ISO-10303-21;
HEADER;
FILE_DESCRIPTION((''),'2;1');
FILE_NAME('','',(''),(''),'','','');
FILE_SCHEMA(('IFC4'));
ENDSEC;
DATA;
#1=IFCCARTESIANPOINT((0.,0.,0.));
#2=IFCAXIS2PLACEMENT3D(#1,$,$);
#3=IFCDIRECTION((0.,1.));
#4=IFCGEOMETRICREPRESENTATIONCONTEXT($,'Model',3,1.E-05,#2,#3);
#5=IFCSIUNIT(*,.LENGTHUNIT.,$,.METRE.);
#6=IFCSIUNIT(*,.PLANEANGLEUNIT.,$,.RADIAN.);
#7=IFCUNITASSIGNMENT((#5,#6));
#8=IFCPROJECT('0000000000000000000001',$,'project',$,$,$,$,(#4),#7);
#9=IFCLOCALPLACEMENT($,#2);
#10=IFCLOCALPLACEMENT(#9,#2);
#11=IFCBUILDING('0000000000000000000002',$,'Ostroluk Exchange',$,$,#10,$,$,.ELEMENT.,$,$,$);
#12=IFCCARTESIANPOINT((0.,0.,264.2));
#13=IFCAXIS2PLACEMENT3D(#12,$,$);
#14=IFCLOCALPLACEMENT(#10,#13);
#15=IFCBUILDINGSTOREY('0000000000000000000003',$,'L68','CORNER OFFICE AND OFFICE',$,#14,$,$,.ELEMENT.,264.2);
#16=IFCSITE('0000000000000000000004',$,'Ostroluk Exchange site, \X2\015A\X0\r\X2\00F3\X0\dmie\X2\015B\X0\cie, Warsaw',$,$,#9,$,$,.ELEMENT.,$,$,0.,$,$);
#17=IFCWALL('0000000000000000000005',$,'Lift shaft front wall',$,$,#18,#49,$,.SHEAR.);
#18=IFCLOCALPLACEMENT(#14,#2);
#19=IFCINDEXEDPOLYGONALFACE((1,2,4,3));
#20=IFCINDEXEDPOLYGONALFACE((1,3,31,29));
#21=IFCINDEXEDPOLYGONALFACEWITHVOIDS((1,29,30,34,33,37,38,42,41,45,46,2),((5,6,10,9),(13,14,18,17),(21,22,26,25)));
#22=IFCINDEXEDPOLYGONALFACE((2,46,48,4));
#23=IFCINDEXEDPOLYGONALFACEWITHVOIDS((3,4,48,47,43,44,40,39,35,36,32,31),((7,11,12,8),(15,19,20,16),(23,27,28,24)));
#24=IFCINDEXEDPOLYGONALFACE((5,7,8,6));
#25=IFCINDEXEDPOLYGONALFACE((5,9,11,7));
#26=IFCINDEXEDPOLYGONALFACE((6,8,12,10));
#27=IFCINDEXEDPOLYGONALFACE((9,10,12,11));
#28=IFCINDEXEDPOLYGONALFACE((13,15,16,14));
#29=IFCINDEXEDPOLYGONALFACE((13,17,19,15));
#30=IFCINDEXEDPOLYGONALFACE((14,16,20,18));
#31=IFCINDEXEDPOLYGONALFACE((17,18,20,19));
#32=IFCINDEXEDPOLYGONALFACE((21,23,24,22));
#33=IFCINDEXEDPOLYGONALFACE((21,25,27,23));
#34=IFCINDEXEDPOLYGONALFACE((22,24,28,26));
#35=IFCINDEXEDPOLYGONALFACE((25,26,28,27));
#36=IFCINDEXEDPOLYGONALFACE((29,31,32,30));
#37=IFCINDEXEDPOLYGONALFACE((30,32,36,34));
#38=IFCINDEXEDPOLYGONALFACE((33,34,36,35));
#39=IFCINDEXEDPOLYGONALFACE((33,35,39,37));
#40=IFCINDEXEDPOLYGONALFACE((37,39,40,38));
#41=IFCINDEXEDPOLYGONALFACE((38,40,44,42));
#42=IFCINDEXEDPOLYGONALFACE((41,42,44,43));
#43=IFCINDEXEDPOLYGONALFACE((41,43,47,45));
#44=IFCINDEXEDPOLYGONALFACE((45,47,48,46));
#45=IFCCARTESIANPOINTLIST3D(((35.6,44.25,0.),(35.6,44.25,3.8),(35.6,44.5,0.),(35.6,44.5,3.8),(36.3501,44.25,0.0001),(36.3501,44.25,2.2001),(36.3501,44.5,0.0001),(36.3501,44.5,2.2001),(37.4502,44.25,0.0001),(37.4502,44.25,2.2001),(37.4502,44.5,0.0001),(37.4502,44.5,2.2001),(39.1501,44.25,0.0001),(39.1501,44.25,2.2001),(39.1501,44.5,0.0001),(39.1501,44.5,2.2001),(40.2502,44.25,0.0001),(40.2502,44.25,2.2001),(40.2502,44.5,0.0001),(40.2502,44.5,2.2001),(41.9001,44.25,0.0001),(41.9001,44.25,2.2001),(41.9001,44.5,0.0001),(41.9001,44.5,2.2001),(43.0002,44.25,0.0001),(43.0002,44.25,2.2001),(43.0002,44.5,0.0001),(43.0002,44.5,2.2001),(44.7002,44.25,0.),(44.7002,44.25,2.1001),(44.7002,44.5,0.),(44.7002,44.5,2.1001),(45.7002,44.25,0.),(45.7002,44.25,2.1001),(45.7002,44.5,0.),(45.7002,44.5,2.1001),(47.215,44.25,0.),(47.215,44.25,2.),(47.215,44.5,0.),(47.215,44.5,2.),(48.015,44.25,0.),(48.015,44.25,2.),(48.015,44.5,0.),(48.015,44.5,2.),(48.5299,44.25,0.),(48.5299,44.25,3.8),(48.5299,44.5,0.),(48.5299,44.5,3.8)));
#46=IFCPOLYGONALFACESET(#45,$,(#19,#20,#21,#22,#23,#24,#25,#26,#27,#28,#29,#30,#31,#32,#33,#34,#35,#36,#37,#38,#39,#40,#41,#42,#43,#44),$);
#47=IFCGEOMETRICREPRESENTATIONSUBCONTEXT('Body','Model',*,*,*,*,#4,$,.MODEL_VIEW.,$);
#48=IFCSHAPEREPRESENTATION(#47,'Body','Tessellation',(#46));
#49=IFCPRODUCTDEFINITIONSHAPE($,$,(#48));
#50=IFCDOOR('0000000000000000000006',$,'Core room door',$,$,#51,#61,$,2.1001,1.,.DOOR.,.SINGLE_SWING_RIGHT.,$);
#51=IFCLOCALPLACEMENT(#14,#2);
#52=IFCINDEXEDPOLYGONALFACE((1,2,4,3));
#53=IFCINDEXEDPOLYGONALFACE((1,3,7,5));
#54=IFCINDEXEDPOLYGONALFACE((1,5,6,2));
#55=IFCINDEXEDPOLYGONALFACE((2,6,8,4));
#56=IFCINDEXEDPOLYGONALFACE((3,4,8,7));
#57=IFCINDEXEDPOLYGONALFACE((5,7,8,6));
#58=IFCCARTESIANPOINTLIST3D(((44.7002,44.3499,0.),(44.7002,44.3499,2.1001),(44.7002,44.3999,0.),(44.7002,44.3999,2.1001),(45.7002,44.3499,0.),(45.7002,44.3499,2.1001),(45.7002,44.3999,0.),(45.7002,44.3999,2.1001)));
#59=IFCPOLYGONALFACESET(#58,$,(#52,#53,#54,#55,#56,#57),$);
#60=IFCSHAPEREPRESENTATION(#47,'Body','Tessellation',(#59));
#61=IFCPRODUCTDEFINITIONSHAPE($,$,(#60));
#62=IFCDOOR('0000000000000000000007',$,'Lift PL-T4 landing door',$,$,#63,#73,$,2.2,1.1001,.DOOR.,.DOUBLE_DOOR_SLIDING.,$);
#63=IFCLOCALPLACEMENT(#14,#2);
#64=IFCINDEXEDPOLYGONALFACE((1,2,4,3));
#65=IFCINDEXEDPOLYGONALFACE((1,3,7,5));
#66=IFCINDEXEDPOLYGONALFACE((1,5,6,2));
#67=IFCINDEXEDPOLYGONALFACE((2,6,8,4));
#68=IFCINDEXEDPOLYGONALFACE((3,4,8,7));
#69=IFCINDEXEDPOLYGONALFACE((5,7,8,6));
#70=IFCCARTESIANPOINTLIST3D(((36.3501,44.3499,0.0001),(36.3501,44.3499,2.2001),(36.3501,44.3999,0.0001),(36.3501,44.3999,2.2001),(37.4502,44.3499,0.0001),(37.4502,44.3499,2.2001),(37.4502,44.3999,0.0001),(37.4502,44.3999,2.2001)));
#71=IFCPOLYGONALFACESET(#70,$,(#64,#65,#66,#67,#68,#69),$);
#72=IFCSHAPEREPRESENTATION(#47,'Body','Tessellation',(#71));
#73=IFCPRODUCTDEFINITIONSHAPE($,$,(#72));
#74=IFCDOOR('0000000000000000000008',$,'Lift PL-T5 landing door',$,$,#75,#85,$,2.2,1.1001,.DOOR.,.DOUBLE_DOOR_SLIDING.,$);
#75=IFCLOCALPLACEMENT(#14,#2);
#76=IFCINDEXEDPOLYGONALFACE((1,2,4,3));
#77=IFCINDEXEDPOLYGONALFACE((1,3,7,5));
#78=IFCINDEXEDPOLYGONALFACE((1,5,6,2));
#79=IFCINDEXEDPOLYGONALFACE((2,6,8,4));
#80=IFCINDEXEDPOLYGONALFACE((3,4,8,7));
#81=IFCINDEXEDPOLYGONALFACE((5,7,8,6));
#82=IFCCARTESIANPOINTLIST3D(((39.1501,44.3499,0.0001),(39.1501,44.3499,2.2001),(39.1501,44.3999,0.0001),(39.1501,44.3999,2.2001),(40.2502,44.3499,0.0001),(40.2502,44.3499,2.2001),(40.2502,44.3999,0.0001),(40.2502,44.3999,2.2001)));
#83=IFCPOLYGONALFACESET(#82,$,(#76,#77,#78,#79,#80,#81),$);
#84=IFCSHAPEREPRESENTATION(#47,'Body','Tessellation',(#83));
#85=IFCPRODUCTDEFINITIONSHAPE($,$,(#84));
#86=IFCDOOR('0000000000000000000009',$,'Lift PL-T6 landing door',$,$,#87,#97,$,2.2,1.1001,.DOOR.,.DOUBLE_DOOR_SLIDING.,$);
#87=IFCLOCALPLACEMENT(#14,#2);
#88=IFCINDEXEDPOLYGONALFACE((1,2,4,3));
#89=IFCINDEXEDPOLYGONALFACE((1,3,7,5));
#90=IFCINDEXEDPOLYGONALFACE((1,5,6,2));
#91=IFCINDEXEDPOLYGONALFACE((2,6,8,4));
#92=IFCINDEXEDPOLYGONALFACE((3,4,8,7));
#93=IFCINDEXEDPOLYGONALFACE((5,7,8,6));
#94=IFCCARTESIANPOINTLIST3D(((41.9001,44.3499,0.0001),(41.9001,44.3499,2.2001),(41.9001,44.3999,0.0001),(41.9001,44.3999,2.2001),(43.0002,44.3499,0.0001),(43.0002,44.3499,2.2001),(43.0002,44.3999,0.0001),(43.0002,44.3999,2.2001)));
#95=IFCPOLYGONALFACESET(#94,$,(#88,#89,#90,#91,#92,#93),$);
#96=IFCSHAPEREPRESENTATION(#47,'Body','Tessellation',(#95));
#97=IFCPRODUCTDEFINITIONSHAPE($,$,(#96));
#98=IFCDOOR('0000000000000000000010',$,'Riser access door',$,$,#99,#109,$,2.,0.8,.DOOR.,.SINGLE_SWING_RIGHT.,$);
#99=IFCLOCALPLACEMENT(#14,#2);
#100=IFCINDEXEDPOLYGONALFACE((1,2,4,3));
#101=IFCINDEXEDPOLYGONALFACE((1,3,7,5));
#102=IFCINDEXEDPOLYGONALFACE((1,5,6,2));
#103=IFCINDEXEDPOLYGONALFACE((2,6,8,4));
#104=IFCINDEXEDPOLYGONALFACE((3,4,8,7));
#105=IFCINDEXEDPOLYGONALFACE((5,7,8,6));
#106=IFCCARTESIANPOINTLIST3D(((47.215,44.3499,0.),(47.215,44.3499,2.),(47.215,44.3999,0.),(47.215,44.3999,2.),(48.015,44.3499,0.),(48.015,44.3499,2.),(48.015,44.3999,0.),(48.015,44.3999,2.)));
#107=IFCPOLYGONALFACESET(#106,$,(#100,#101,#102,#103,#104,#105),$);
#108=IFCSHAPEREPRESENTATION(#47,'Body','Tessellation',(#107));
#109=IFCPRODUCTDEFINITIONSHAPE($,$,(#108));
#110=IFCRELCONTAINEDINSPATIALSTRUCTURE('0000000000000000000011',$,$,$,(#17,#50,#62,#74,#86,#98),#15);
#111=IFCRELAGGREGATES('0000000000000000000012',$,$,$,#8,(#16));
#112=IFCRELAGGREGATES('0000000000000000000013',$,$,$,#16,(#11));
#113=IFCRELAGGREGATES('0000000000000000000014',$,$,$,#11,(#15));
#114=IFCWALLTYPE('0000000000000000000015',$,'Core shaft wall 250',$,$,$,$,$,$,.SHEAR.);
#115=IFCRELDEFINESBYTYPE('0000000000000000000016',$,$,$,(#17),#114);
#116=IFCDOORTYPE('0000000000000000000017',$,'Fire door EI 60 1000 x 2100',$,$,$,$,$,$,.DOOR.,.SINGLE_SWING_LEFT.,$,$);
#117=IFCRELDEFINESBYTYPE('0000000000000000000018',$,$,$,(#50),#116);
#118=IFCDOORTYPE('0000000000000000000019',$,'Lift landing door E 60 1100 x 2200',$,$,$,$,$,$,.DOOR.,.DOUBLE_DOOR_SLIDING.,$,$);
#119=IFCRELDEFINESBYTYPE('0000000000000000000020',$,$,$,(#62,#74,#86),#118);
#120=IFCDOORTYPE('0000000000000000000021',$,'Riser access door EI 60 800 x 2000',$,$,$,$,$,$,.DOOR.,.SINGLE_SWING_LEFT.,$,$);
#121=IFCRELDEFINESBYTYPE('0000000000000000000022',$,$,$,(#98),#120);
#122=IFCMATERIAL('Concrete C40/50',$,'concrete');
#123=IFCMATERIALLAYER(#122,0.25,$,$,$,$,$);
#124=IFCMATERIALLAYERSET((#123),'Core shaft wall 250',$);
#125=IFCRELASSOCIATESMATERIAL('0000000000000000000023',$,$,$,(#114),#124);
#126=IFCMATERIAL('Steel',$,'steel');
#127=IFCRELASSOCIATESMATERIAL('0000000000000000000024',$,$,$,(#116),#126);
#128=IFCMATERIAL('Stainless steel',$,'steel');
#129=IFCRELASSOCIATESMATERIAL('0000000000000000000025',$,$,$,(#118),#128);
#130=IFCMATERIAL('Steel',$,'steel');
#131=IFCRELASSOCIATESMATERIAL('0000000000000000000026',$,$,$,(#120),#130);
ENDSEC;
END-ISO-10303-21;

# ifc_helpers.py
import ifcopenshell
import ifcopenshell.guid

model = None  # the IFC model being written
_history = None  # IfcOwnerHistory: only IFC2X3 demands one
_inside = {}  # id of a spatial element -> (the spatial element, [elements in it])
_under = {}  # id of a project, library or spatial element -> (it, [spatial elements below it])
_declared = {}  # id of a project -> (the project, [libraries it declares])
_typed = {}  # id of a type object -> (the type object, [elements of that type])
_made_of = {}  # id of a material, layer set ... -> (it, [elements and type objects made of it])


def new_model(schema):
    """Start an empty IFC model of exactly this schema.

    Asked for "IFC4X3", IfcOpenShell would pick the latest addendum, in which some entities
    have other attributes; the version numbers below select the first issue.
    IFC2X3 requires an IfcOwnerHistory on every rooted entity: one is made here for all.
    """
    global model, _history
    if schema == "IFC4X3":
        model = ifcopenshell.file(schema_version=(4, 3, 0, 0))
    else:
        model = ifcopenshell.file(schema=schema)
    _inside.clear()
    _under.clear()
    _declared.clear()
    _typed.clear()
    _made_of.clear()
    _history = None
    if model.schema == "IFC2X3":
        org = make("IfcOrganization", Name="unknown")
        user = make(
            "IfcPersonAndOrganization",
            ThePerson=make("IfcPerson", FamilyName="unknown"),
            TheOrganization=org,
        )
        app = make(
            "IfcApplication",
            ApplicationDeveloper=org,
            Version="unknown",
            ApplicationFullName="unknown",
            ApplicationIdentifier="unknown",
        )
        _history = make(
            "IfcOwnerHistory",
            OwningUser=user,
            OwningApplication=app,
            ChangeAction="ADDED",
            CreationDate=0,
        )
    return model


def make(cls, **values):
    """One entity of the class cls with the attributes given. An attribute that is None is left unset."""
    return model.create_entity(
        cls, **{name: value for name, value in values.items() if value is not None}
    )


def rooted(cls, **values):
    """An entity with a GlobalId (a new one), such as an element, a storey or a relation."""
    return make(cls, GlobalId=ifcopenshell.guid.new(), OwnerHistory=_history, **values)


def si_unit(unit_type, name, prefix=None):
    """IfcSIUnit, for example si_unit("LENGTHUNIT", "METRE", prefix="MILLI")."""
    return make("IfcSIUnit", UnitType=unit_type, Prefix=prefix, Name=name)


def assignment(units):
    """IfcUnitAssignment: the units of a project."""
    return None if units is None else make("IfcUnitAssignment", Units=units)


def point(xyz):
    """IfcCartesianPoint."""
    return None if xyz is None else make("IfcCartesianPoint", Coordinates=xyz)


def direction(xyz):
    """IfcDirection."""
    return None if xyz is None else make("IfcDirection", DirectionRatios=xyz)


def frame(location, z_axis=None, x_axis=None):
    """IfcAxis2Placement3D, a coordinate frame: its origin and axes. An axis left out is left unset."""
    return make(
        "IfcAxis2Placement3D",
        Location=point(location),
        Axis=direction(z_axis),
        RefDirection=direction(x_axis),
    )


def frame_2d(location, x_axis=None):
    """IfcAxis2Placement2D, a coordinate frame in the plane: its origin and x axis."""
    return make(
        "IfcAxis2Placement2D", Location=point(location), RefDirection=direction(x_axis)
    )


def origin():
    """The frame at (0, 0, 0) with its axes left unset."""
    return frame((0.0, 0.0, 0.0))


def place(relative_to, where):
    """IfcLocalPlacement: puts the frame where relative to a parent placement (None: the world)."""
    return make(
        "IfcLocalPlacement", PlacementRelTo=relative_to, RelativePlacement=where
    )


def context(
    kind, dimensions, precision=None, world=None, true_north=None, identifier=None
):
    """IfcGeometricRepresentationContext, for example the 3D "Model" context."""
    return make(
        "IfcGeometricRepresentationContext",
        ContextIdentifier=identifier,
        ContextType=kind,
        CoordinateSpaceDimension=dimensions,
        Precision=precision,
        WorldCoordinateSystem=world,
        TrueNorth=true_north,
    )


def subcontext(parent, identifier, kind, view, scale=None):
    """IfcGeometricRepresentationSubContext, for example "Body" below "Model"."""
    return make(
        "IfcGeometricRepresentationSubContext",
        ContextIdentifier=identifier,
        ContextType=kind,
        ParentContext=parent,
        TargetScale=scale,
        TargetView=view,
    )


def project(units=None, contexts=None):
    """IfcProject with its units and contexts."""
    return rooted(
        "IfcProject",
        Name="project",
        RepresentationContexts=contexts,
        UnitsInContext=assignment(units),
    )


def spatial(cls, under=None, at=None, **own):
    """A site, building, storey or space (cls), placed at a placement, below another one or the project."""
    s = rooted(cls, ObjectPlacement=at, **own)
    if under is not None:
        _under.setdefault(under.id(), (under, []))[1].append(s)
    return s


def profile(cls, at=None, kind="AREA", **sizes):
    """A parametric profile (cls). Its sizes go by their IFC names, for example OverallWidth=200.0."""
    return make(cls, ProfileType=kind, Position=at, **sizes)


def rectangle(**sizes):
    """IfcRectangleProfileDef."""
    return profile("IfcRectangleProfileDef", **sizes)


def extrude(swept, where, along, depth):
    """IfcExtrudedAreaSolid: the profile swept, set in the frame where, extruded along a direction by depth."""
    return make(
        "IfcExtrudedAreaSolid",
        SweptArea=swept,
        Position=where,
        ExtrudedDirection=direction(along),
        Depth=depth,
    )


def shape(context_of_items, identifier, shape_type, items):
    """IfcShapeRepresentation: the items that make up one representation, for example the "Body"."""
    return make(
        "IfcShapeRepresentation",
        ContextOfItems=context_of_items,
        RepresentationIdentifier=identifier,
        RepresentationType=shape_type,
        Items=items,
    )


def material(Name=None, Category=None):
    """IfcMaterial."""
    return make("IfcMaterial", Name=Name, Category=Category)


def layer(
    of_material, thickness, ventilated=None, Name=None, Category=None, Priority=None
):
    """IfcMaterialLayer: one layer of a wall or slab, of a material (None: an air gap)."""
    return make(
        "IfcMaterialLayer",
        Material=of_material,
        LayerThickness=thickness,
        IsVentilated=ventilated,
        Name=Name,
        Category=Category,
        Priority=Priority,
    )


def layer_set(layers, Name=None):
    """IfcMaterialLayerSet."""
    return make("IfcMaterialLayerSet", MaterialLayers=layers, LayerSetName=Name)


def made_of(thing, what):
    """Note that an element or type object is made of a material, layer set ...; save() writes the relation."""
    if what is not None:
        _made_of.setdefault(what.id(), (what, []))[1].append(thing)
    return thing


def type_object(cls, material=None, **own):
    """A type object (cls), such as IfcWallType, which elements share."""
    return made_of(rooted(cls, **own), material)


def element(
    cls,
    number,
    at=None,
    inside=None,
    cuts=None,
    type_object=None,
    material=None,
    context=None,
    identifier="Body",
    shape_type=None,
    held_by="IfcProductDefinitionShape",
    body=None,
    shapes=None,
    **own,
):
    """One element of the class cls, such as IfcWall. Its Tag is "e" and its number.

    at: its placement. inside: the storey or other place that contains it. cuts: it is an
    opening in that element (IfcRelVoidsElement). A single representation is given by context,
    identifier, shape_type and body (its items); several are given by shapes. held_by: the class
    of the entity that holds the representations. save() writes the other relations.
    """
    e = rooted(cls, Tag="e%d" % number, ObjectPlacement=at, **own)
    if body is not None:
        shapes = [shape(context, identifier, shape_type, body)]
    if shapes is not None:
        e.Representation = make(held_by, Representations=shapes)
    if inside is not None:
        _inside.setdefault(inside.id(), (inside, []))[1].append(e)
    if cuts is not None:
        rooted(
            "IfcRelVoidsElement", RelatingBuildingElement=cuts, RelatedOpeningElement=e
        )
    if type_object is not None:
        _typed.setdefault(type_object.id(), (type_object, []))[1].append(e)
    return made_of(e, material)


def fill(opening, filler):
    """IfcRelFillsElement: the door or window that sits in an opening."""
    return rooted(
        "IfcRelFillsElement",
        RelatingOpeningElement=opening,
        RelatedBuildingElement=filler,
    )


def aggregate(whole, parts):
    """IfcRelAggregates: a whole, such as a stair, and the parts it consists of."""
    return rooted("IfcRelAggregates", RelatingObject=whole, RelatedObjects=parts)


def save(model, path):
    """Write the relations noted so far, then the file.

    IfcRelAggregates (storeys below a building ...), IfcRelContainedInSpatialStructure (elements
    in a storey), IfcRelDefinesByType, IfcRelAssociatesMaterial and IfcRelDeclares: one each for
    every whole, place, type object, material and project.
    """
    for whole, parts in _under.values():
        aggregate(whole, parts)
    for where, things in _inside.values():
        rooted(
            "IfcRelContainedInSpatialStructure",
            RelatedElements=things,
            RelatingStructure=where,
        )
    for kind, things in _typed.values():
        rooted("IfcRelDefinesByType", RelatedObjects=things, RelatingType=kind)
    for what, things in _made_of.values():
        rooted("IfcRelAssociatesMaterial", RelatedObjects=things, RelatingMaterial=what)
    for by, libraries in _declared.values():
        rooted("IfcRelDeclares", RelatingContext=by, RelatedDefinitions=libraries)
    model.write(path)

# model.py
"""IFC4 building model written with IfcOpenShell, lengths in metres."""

from ifc_helpers import new_model, si_unit, direction, frame, frame_2d, origin, place, context, subcontext, project, spatial, rectangle, extrude, material, layer, layer_set, type_object, element, fill, save


model = new_model("IFC4")

# Units and contexts
model_context = context("Model", 3, precision=1e-05, world=origin(), true_north=direction((0.0, 1.0)))
body_context = subcontext(model_context, "Body", "Model", "MODEL_VIEW")
ifc_project = project(units=[si_unit("LENGTHUNIT", "METRE"), si_unit("PLANEANGLEUNIT", "RADIAN")], contexts=[model_context])

# Site, building, storey
site_placement = place(None, origin())
site = spatial("IfcSite", under=ifc_project, at=site_placement, Name="Ostroluk Exchange site, Śródmieście, Warsaw", CompositionType="ELEMENT", RefElevation=0.0)
building_placement = place(site_placement, origin())
building = spatial("IfcBuilding", under=site, at=building_placement, Name="Ostroluk Exchange", CompositionType="ELEMENT")
storey_placement = place(building_placement, frame((0.0, 0.0, 264.2)))
storey = spatial("IfcBuildingStorey", under=building, at=storey_placement, Name="L68", Description="CORNER OFFICE AND OFFICE", CompositionType="ELEMENT", Elevation=264.2)

# Shared definitions
ifc_material_1 = material(Name="Concrete C40/50", Category="concrete")
ifc_layer = layer(ifc_material_1, 0.25)
ifc_layer_set = layer_set([ifc_layer], Name="Core shaft wall 250")
wall_type = type_object("IfcWallType", Name="Core shaft wall 250", PredefinedType="SHEAR", material=ifc_layer_set)

# Wall, openings, doors
ifc_material_2 = material(Name="Steel", Category="steel")
door_type_1 = type_object("IfcDoorType", Name="Fire door EI 60 1000 x 2100", OperationType="SINGLE_SWING_LEFT", PredefinedType="DOOR", material=ifc_material_2)
ifc_material_3 = material(Name="Stainless steel", Category="steel")
door_type_2 = type_object("IfcDoorType", Name="Lift landing door E 60 1100 x 2200", OperationType="DOUBLE_DOOR_SLIDING", PredefinedType="DOOR", material=ifc_material_3)
ifc_material_4 = material(Name="Steel", Category="steel")
door_type_3 = type_object("IfcDoorType", Name="Riser access door EI 60 800 x 2000", OperationType="SINGLE_SWING_LEFT", PredefinedType="DOOR", material=ifc_material_4)
wall_1_placement = place(storey_placement, frame((35.6001, 44.375, 0.0), z_axis=(0.0, 0.0, 1.0), x_axis=(1.0, 0.0, 0.0)))
wall_1 = element("IfcWall", 1, at=wall_1_placement, inside=storey, type_object=wall_type, Name="Lift shaft front wall", PredefinedType="SHEAR", context=body_context, shape_type="SweptSolid", body=[
    extrude(rectangle(XDim=12.9299, YDim=0.25, at=frame_2d((6.4648, 0.0))), origin(), (0.0, 0.0, 1.0), 3.8),
])
opening_1_placement = place(wall_1_placement, frame((0.75, 0.0, 0.0)))
opening_1 = element("IfcOpeningElement", 2, at=opening_1_placement, cuts=wall_1, PredefinedType="OPENING", context=body_context, shape_type="SweptSolid", body=[
    extrude(rectangle(XDim=1.1001, YDim=2.2, at=frame_2d((0.55, 1.1001))), frame((0.0, 0.135, 0.0), z_axis=(0.0, -1.0, 0.0), x_axis=(1.0, 0.0, 0.0)), (0.0, 0.0, 1.0), 0.27),
])
opening_2_placement = place(wall_1_placement, frame((3.55, 0.0, 0.0)))
opening_2 = element("IfcOpeningElement", 3, at=opening_2_placement, cuts=wall_1, PredefinedType="OPENING", context=body_context, shape_type="SweptSolid", body=[
    extrude(rectangle(XDim=1.1001, YDim=2.2, at=frame_2d((0.55, 1.1001))), frame((0.0, 0.135, 0.0), z_axis=(0.0, -1.0, 0.0), x_axis=(1.0, 0.0, 0.0)), (0.0, 0.0, 1.0), 0.27),
])
opening_3_placement = place(wall_1_placement, frame((6.3, 0.0, 0.0)))
opening_3 = element("IfcOpeningElement", 4, at=opening_3_placement, cuts=wall_1, PredefinedType="OPENING", context=body_context, shape_type="SweptSolid", body=[
    extrude(rectangle(XDim=1.1001, YDim=2.2, at=frame_2d((0.55, 1.1001))), frame((0.0, 0.135, 0.0), z_axis=(0.0, -1.0, 0.0), x_axis=(1.0, 0.0, 0.0)), (0.0, 0.0, 1.0), 0.27),
])
opening_4_placement = place(wall_1_placement, frame((9.1001, 0.0, 0.0)))
opening_4 = element("IfcOpeningElement", 5, at=opening_4_placement, cuts=wall_1, PredefinedType="OPENING", context=body_context, shape_type="SweptSolid", body=[
    extrude(rectangle(XDim=1.0, YDim=2.1001, at=frame_2d((0.5, 1.05))), frame((0.0, 0.135, 0.0), z_axis=(0.0, -1.0, 0.0), x_axis=(1.0, 0.0, 0.0)), (0.0, 0.0, 1.0), 0.27),
])
opening_5_placement = place(wall_1_placement, frame((11.615, 0.0, 0.0)))
opening_5 = element("IfcOpeningElement", 6, at=opening_5_placement, cuts=wall_1, PredefinedType="OPENING", context=body_context, shape_type="SweptSolid", body=[
    extrude(rectangle(XDim=0.8, YDim=2.0, at=frame_2d((0.3999, 1.0))), frame((0.0, 0.135, 0.0), z_axis=(0.0, -1.0, 0.0), x_axis=(1.0, 0.0, 0.0)), (0.0, 0.0, 1.0), 0.27),
])
door_1_placement = place(opening_4_placement, origin())
door_1 = element("IfcDoor", 7, at=door_1_placement, inside=storey, type_object=door_type_1, Name="Core room door", OperationType="SINGLE_SWING_RIGHT", OverallHeight=2.1001, OverallWidth=1.0, PredefinedType="DOOR", context=body_context, shape_type="SweptSolid", body=[
    extrude(rectangle(XDim=1.0, YDim=2.1001, at=frame_2d((0.5, 1.05))), frame((0.0, 0.0249, 0.0), z_axis=(0.0, -1.0, 0.0), x_axis=(1.0, 0.0, 0.0)), (0.0, 0.0, 1.0), 0.05),
])
fill(opening_4, door_1)
door_2_placement = place(opening_1_placement, origin())
door_2 = element("IfcDoor", 8, at=door_2_placement, inside=storey, type_object=door_type_2, Name="Lift PL-T4 landing door", OperationType="DOUBLE_DOOR_SLIDING", OverallHeight=2.2, OverallWidth=1.1001, PredefinedType="DOOR", context=body_context, shape_type="SweptSolid", body=[
    extrude(rectangle(XDim=1.1001, YDim=2.2, at=frame_2d((0.55, 1.1001))), frame((0.0, 0.0249, 0.0), z_axis=(0.0, -1.0, 0.0), x_axis=(1.0, 0.0, 0.0)), (0.0, 0.0, 1.0), 0.05),
])
fill(opening_1, door_2)
door_3_placement = place(opening_2_placement, origin())
door_3 = element("IfcDoor", 9, at=door_3_placement, inside=storey, type_object=door_type_2, Name="Lift PL-T5 landing door", OperationType="DOUBLE_DOOR_SLIDING", OverallHeight=2.2, OverallWidth=1.1001, PredefinedType="DOOR", context=body_context, shape_type="SweptSolid", body=[
    extrude(rectangle(XDim=1.1001, YDim=2.2, at=frame_2d((0.55, 1.1001))), frame((0.0, 0.0249, 0.0), z_axis=(0.0, -1.0, 0.0), x_axis=(1.0, 0.0, 0.0)), (0.0, 0.0, 1.0), 0.05),
])
fill(opening_2, door_3)
door_4_placement = place(opening_3_placement, origin())
door_4 = element("IfcDoor", 10, at=door_4_placement, inside=storey, type_object=door_type_2, Name="Lift PL-T6 landing door", OperationType="DOUBLE_DOOR_SLIDING", OverallHeight=2.2, OverallWidth=1.1001, PredefinedType="DOOR", context=body_context, shape_type="SweptSolid", body=[
    extrude(rectangle(XDim=1.1001, YDim=2.2, at=frame_2d((0.55, 1.1001))), frame((0.0, 0.0249, 0.0), z_axis=(0.0, -1.0, 0.0), x_axis=(1.0, 0.0, 0.0)), (0.0, 0.0, 1.0), 0.05),
])
fill(opening_3, door_4)
door_5_placement = place(opening_5_placement, origin())
door_5 = element("IfcDoor", 11, at=door_5_placement, inside=storey, type_object=door_type_3, Name="Riser access door", OperationType="SINGLE_SWING_RIGHT", OverallHeight=2.0, OverallWidth=0.8, PredefinedType="DOOR", context=body_context, shape_type="SweptSolid", body=[
    extrude(rectangle(XDim=0.8, YDim=2.0, at=frame_2d((0.3999, 1.0))), frame((0.0, 0.0249, 0.0), z_axis=(0.0, -1.0, 0.0), x_axis=(1.0, 0.0, 0.0)), (0.0, 0.0, 1.0), 0.05),
])
fill(opening_5, door_5)

save(model, "model.ifc")
